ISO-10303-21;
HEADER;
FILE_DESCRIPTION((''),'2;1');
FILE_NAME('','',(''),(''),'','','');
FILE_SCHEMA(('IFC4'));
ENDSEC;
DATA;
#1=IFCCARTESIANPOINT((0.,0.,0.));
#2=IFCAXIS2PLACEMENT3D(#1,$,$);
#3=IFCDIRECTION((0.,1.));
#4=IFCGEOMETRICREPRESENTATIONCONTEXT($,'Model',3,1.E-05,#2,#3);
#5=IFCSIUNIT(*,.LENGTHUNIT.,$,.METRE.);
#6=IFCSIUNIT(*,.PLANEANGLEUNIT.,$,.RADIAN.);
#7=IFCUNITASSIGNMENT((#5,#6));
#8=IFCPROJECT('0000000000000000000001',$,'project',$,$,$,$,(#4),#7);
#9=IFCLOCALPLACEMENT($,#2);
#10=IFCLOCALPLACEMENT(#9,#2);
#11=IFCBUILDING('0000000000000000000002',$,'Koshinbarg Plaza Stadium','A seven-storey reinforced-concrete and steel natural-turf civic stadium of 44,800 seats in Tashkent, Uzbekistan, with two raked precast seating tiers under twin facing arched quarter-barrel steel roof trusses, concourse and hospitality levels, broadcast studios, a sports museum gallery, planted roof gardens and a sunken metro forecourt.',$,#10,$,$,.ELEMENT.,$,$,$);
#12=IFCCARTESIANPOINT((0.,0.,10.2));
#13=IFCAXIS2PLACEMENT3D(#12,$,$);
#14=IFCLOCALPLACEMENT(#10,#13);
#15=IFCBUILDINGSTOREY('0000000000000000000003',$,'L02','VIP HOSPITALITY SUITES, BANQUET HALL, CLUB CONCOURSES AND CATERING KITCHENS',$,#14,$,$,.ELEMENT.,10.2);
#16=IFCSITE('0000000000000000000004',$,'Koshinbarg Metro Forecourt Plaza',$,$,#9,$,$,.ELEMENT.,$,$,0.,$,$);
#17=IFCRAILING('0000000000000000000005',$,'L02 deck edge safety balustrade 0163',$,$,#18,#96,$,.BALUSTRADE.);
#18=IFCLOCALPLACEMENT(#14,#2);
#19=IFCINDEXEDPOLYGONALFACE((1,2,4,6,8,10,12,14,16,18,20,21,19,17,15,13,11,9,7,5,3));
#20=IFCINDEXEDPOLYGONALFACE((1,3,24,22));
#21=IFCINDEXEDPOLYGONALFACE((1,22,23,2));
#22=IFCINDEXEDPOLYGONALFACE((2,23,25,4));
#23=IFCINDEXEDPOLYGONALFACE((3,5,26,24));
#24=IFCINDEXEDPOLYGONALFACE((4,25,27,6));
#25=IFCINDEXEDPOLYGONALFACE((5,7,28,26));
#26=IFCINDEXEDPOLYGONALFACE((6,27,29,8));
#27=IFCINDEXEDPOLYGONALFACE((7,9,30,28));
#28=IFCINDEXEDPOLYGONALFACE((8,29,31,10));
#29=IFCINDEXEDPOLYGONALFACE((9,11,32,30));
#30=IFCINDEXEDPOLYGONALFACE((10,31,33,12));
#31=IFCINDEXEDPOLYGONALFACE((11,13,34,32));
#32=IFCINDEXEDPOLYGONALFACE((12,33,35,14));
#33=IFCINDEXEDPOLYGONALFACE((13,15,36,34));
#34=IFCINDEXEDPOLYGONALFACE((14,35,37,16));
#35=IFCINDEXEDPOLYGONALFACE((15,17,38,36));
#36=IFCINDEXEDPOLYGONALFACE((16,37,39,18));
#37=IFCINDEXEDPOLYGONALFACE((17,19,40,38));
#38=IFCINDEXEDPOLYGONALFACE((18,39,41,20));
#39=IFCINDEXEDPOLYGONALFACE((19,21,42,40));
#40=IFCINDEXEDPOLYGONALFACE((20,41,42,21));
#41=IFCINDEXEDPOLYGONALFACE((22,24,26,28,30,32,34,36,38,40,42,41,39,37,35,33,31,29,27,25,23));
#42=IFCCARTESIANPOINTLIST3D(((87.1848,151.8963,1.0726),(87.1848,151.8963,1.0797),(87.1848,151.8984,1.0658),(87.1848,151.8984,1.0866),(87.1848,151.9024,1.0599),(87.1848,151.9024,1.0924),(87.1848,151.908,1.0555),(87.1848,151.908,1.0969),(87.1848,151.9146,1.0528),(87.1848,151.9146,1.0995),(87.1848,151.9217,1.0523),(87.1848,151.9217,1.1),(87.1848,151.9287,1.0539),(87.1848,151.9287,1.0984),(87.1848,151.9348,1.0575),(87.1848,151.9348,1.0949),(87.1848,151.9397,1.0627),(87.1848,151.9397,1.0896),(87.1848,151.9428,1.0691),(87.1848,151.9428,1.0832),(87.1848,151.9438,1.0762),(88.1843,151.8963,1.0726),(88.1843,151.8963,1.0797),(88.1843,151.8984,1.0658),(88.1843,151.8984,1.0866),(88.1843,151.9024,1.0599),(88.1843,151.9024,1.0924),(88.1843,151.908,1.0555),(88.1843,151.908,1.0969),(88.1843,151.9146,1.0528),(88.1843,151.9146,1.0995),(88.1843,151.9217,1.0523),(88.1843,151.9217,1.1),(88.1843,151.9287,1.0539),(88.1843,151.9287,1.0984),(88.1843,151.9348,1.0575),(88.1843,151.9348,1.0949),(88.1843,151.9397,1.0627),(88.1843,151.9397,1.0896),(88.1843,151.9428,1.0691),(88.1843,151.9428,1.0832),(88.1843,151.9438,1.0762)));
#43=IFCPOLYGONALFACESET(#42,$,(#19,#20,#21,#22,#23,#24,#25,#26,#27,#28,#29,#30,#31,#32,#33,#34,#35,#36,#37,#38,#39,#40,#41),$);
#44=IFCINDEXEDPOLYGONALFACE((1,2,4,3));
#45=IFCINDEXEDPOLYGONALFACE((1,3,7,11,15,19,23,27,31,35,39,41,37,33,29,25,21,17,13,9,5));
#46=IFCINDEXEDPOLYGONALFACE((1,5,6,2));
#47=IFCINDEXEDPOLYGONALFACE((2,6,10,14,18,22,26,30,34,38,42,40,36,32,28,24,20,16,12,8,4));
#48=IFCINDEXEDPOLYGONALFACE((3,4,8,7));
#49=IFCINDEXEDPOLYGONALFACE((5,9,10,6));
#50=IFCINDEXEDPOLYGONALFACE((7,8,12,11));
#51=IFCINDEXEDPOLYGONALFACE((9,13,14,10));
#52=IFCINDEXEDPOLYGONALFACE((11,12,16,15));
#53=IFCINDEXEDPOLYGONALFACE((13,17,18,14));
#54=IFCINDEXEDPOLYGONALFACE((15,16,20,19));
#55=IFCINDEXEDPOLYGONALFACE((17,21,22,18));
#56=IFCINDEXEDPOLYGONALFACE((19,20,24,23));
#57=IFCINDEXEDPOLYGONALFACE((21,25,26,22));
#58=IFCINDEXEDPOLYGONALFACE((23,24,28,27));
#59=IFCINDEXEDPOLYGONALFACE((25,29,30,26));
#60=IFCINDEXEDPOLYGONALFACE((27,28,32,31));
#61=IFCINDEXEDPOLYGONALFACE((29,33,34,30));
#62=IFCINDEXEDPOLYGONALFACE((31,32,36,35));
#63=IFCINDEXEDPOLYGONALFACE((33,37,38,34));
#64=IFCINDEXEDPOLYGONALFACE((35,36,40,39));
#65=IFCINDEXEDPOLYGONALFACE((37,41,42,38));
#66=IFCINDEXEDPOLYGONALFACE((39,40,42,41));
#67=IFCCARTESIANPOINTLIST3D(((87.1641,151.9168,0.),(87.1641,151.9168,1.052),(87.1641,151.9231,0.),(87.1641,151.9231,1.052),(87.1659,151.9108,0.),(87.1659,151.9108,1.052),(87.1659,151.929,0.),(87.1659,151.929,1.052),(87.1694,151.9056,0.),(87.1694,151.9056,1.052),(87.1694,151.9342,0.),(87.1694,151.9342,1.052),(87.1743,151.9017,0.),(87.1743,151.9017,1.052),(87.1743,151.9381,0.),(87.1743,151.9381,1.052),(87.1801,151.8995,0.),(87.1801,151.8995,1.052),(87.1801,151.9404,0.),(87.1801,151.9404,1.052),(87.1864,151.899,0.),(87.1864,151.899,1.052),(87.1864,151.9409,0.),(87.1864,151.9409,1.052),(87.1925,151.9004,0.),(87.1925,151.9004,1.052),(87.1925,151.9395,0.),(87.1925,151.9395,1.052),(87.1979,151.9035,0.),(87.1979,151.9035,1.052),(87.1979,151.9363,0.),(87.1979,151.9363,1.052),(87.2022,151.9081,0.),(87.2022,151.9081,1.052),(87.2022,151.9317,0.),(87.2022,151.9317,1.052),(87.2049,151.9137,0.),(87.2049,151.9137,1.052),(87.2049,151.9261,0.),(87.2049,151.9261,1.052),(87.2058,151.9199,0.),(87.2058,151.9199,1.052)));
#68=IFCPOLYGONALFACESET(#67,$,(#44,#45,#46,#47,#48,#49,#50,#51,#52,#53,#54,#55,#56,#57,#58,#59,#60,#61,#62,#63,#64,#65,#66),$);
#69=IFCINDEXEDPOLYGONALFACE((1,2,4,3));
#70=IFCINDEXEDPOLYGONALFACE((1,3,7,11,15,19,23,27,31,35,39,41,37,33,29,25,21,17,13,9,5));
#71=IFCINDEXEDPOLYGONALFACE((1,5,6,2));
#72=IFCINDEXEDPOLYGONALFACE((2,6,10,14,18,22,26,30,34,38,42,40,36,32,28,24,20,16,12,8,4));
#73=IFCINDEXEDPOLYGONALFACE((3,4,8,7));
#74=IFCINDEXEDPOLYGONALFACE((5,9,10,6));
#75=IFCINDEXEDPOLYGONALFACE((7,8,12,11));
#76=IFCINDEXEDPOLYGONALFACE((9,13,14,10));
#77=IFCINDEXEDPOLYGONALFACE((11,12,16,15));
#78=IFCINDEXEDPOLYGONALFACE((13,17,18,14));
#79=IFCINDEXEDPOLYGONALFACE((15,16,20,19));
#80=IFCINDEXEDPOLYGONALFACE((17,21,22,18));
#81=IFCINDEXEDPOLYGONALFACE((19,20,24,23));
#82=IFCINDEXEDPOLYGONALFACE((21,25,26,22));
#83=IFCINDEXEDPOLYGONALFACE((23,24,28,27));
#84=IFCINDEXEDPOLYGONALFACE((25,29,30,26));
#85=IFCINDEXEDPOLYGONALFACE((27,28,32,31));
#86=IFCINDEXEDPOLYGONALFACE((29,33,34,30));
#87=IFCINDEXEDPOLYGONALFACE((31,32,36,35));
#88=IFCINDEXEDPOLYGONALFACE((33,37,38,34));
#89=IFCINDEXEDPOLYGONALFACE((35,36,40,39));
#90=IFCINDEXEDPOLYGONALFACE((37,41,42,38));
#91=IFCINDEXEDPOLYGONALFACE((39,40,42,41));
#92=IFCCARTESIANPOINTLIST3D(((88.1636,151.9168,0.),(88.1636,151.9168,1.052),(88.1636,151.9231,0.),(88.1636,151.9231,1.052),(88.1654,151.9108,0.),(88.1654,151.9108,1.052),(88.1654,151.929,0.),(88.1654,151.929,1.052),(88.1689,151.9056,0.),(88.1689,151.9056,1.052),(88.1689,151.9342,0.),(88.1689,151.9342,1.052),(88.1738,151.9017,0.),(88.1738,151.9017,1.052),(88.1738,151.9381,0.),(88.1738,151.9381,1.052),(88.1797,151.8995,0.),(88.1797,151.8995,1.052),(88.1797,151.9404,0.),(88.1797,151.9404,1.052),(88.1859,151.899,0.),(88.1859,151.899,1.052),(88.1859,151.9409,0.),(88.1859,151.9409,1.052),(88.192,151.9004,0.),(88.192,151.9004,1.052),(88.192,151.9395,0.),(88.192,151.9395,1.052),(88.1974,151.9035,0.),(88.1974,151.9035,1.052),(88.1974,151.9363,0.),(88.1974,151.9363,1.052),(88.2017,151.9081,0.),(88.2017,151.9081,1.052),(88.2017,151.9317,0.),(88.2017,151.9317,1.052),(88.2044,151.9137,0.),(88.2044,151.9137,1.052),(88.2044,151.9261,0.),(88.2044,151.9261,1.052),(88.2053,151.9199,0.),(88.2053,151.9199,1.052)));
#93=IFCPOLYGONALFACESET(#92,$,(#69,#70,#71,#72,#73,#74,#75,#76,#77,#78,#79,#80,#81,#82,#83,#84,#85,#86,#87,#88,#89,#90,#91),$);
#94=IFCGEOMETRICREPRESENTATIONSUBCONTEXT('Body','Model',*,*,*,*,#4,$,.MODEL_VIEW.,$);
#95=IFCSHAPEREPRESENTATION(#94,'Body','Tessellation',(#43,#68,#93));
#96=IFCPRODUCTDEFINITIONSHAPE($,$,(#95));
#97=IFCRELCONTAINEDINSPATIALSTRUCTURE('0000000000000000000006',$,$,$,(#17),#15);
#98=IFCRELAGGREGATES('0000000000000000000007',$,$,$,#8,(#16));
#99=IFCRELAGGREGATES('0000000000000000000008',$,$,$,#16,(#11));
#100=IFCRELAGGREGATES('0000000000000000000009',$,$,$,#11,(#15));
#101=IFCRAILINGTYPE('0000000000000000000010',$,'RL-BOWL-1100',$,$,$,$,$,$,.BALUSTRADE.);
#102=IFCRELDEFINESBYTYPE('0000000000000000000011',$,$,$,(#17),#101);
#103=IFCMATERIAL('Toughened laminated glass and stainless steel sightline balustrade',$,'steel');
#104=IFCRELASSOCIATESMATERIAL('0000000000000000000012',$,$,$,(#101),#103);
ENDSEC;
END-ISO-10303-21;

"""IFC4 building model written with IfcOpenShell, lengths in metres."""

from ifc_helpers import new_model, si_unit, direction, frame, origin, origin_2d, place, context, subcontext, project, spatial, circle, extrude, material, type_object, element, save


model = new_model("IFC4")

# Units and contexts
model_context = context("Model", 3, precision=1e-05, world=origin(), true_north=direction((0.0, 1.0)))
body_context = subcontext(model_context, "Body", "Model", "MODEL_VIEW")
ifc_project = project(units=[si_unit("LENGTHUNIT", "METRE"), si_unit("PLANEANGLEUNIT", "RADIAN")], contexts=[model_context])

# Site, building, storey
site_placement = place(None, origin())
site = spatial("IfcSite", under=ifc_project, at=site_placement, Name="Koshinbarg Metro Forecourt Plaza", CompositionType="ELEMENT", RefElevation=0.0)
building_placement = place(site_placement, origin())
building = spatial("IfcBuilding", under=site, at=building_placement, Name="Koshinbarg Plaza Stadium", Description="A seven-storey reinforced-concrete and steel natural-turf civic stadium of 44,800 seats in Tashkent, Uzbekistan, with two raked precast seating tiers under twin facing arched quarter-barrel steel roof trusses, concourse and hospitality levels, broadcast studios, a sports museum gallery, planted roof gardens and a sunken metro forecourt.", CompositionType="ELEMENT")
storey_placement = place(building_placement, frame((0.0, 0.0, 10.2)))
storey = spatial("IfcBuildingStorey", under=building, at=storey_placement, Name="L02", Description="VIP HOSPITALITY SUITES, BANQUET HALL, CLUB CONCOURSES AND CATERING KITCHENS", CompositionType="ELEMENT", Elevation=10.2)

# Railing
ifc_material_1 = material(Name="Toughened laminated glass and stainless steel sightline balustrade", Category="steel")
railing_type = type_object("IfcRailingType", Name="RL-BOWL-1100", PredefinedType="BALUSTRADE", material=ifc_material_1)
railing_1_placement = place(storey_placement, frame((87.1848, 151.9199, 0.0)))
element("IfcRailing", 1, at=railing_1_placement, inside=storey, type_object=railing_type, Name="L02 deck edge safety balustrade 0163", PredefinedType="BALUSTRADE", context=body_context, shape_type="SweptSolid", body=[
    extrude(circle(Radius=0.0239, at=origin_2d()), frame((0.0, 0.0, 1.0762), z_axis=(1.0, 0.0, 0.0), x_axis=(0.0, 1.0, 0.0)), (0.0, 0.0, 1.0), 0.9995),
    extrude(circle(Radius=0.021, at=origin_2d()), origin(), (0.0, 0.0, 1.0), 1.052),
    extrude(circle(Radius=0.021, at=origin_2d()), frame((0.9995, 0.0, 0.0)), (0.0, 0.0, 1.0), 1.052),
])

save(model, "model.ifc")
